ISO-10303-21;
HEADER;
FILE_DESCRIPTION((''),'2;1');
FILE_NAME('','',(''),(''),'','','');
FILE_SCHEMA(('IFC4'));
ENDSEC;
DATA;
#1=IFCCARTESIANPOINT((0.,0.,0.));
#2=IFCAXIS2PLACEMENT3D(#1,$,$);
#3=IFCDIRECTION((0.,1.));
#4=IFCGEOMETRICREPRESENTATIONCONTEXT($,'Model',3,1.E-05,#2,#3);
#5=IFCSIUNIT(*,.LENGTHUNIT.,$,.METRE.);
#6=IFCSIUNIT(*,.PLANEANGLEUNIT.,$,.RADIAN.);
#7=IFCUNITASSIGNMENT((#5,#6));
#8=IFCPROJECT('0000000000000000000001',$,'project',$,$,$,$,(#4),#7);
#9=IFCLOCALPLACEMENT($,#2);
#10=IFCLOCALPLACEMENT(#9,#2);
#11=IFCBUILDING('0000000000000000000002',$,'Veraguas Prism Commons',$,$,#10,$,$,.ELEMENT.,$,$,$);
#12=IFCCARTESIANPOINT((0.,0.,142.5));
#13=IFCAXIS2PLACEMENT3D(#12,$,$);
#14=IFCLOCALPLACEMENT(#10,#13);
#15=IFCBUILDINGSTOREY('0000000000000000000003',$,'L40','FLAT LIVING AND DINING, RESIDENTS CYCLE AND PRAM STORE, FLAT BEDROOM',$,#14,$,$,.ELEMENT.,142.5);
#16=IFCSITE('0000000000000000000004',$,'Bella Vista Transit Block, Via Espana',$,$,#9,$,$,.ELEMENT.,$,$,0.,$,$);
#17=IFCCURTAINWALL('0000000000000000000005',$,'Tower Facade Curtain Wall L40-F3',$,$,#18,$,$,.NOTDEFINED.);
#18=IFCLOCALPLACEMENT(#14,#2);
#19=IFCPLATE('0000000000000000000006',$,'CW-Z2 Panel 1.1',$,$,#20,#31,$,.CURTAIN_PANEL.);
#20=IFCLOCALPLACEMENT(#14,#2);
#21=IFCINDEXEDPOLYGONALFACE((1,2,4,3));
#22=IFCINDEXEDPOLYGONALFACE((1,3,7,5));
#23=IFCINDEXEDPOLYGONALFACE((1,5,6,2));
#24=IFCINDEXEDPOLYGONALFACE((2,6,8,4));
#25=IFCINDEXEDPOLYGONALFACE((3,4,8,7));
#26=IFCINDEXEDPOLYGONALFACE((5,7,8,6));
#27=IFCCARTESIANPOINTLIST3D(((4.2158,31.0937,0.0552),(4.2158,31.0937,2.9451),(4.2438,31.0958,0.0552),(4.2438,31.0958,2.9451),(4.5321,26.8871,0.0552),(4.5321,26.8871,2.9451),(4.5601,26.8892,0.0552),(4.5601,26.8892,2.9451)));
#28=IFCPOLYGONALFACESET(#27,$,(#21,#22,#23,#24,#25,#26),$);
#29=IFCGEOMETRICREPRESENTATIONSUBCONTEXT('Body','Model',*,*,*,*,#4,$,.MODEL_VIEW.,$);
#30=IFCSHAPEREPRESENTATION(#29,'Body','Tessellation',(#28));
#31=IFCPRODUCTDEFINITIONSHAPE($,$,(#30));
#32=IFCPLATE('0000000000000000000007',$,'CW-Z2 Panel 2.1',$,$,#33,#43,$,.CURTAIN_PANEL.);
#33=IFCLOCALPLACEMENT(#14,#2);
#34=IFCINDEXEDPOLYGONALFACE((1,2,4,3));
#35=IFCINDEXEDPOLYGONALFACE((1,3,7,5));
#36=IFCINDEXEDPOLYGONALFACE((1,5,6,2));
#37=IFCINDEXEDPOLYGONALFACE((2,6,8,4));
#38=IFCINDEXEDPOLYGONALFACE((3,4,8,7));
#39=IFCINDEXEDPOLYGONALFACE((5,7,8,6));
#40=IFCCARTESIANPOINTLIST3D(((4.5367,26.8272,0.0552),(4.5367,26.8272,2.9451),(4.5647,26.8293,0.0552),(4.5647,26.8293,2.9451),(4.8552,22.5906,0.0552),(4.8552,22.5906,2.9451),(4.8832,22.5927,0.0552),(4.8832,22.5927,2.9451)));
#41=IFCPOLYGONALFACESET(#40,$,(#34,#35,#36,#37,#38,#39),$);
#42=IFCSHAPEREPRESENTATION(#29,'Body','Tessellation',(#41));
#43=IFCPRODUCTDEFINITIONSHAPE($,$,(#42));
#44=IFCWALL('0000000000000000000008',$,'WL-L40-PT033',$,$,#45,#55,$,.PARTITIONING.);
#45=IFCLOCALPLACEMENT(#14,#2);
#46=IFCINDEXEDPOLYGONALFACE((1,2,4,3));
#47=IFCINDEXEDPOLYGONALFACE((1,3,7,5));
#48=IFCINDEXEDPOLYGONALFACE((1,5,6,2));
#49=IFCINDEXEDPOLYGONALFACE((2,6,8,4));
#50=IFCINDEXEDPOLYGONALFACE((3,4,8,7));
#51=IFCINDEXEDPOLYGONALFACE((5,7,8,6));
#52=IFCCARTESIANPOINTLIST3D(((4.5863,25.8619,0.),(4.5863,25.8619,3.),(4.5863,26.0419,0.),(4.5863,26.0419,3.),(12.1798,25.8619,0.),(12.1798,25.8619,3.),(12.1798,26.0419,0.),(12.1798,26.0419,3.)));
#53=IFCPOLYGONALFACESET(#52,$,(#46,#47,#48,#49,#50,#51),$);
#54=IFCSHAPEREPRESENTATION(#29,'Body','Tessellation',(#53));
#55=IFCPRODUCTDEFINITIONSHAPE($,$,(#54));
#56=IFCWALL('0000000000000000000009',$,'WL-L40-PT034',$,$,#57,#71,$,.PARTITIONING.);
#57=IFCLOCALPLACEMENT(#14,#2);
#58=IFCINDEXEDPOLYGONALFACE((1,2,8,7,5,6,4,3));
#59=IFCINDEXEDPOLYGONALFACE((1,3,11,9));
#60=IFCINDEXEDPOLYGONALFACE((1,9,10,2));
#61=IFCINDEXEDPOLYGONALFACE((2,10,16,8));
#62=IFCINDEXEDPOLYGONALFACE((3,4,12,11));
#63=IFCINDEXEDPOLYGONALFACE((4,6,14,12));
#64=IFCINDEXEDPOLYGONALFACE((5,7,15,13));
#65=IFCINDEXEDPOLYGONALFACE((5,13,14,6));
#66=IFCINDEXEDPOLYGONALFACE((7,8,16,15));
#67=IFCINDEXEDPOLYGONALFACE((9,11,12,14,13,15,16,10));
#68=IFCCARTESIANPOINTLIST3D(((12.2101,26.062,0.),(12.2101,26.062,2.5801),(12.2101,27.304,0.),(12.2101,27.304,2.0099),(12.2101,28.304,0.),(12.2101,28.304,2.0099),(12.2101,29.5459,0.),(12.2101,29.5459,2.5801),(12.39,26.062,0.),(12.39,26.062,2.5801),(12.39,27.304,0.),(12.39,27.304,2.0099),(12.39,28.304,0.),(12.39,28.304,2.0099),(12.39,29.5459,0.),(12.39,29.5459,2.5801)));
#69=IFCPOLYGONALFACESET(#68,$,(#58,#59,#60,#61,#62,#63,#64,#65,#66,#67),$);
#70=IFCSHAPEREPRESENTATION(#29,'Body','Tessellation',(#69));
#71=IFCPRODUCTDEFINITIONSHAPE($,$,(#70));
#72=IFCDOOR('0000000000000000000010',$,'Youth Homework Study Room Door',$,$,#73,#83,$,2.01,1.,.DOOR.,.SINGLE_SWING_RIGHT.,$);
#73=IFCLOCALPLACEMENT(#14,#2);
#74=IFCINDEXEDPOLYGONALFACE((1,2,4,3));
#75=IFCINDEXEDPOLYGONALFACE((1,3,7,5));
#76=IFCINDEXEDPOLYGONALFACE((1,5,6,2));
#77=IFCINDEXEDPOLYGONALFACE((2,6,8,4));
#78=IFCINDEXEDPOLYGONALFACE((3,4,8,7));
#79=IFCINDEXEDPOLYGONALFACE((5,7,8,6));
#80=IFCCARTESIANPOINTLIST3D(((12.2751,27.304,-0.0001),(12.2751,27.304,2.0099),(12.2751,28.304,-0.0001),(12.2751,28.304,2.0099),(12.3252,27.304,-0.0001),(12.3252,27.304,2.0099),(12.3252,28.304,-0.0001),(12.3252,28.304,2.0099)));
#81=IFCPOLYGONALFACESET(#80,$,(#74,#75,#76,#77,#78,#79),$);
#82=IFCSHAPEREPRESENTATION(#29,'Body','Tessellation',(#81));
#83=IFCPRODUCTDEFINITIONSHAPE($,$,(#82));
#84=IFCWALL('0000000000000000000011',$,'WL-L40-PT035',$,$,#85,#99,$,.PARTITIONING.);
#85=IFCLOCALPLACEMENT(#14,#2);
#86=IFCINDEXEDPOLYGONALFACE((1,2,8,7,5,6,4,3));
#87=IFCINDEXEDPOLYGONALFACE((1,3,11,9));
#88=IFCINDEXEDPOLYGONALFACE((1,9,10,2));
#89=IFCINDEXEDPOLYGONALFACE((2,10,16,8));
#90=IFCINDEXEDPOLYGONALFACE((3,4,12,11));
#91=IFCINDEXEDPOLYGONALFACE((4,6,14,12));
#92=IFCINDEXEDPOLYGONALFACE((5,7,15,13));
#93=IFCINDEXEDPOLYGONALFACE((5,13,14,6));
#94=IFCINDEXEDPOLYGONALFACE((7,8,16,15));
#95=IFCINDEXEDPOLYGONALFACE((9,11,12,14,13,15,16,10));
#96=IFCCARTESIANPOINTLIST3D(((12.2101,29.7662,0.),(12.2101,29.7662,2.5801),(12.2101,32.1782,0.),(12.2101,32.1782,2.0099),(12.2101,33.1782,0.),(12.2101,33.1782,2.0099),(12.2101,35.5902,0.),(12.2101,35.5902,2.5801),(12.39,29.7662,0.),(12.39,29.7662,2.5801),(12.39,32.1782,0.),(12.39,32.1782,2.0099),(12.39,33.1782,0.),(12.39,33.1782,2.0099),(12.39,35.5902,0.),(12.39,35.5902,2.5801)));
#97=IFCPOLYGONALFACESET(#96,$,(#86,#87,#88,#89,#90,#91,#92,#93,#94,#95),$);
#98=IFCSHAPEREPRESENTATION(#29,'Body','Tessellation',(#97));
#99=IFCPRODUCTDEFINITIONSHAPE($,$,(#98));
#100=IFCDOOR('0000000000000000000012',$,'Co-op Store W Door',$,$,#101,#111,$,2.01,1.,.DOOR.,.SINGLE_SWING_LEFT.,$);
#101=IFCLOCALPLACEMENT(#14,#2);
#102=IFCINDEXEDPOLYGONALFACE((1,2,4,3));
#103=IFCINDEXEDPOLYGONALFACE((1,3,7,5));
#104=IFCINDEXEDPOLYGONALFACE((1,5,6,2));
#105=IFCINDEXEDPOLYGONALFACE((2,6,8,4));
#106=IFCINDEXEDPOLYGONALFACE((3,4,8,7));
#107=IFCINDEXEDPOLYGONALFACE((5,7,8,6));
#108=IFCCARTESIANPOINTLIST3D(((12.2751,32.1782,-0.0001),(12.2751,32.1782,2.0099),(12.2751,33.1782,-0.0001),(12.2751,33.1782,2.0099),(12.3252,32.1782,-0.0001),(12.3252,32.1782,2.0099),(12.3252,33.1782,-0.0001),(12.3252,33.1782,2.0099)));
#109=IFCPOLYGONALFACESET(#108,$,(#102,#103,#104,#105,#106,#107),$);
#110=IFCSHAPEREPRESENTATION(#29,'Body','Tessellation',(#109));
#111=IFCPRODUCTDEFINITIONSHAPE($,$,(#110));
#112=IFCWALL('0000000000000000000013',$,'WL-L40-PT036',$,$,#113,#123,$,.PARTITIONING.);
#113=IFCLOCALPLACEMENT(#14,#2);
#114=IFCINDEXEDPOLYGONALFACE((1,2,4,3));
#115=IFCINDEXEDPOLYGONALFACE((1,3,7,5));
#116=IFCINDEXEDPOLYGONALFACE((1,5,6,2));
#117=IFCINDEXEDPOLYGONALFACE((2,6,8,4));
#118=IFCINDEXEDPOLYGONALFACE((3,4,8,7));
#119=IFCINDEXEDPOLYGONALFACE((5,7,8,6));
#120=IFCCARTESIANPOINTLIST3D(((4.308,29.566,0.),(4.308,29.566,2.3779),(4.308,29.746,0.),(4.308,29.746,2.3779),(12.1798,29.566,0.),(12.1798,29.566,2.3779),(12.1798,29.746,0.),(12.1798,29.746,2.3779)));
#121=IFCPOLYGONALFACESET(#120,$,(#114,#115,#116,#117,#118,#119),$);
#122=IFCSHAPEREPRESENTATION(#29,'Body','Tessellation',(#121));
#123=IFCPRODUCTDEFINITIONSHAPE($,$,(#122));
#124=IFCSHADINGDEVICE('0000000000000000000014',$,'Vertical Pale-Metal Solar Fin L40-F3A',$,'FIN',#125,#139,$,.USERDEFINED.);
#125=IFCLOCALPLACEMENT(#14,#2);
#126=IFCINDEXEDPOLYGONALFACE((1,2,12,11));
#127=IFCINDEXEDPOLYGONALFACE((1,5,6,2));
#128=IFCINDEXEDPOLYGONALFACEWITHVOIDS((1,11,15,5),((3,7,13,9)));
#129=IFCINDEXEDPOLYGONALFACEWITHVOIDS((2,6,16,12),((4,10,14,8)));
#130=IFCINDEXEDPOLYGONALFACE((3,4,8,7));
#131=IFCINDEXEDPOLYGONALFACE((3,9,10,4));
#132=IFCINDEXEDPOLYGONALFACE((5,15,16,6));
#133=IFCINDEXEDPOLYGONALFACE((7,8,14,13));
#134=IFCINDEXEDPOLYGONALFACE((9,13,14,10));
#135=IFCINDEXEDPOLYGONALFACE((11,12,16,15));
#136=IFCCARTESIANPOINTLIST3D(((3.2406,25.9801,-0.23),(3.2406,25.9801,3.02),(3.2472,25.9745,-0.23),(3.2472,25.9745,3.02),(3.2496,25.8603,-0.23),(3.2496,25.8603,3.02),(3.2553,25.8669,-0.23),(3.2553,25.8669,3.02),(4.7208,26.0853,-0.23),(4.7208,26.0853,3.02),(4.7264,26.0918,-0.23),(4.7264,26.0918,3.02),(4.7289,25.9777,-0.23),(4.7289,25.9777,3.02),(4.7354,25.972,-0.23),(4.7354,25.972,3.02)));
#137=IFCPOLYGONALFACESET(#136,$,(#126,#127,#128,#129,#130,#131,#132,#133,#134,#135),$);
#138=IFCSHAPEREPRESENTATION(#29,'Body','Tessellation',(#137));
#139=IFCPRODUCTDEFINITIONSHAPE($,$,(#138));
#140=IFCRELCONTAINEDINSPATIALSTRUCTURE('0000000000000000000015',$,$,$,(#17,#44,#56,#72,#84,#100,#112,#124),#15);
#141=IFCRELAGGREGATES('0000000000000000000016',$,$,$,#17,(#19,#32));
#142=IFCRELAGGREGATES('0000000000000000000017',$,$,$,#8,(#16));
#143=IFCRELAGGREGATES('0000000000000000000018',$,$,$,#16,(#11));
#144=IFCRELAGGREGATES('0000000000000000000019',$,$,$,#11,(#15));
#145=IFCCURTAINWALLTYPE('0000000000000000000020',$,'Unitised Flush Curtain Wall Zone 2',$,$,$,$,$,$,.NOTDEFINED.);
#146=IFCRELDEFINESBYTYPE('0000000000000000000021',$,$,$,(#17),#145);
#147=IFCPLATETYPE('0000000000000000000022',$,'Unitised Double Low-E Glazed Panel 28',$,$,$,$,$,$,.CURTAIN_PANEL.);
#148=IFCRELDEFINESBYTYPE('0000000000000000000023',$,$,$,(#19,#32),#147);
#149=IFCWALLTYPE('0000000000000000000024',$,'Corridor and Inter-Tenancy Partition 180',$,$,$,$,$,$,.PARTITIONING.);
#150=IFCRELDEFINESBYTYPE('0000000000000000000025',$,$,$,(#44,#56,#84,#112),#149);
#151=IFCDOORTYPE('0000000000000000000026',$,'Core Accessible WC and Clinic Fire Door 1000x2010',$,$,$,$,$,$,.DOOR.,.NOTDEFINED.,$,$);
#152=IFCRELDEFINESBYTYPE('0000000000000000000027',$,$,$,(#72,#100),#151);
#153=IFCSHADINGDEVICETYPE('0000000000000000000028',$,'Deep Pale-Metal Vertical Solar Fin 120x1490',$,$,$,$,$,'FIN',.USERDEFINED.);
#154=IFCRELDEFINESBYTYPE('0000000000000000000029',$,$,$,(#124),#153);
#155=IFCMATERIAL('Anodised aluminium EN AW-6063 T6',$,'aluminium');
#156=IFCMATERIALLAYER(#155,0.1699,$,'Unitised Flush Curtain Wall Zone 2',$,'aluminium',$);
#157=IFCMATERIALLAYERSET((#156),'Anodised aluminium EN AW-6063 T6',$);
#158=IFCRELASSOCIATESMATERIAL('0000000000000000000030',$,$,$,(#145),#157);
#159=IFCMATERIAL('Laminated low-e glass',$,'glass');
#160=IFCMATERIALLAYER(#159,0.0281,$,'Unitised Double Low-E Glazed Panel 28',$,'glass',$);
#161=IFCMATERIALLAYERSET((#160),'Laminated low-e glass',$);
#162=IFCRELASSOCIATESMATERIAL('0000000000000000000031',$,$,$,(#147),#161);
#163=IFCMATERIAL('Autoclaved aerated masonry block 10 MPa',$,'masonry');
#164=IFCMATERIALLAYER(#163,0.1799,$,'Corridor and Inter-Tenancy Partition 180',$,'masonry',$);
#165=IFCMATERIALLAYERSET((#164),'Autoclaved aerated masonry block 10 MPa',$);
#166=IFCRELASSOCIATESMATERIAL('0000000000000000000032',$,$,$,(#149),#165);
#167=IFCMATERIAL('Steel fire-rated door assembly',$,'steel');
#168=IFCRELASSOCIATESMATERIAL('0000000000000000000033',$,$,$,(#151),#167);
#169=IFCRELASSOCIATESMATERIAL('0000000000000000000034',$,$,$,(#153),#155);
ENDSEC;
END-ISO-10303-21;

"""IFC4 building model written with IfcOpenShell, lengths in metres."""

from ifc_helpers import new_model, si_unit, direction, frame, frame_2d, origin, origin_2d, place, context, subcontext, project, spatial, rectangle, hollow_rectangle, extrude, source, transform, mapped, material, layer, layer_set, material_profile, profile_set, type_object, element, fill, aggregate, save


model = new_model("IFC4")

# Units and contexts
model_context = context("Model", 3, precision=1e-05, world=origin(), true_north=direction((0.0, 1.0)))
body_context = subcontext(model_context, "Body", "Model", "MODEL_VIEW")
ifc_project = project(units=[si_unit("LENGTHUNIT", "METRE"), si_unit("PLANEANGLEUNIT", "RADIAN")], contexts=[model_context])

# Site, building, storey
site_placement = place(None, origin())
site = spatial("IfcSite", under=ifc_project, at=site_placement, Name="Bella Vista Transit Block, Via Espana", CompositionType="ELEMENT", RefElevation=0.0)
building_placement = place(site_placement, origin())
building = spatial("IfcBuilding", under=site, at=building_placement, Name="Veraguas Prism Commons", CompositionType="ELEMENT")
storey_placement = place(building_placement, frame((0.0, 0.0, 142.5)))
storey = spatial("IfcBuildingStorey", under=building, at=storey_placement, Name="L40", Description="FLAT LIVING AND DINING, RESIDENTS CYCLE AND PRAM STORE, FLAT BEDROOM", CompositionType="ELEMENT", Elevation=142.5)

# Curtain wall, plates
ifc_material_1 = material(Name="Anodised aluminium EN AW-6063 T6", Category="aluminium")
ifc_layer_1 = layer(ifc_material_1, 0.1699, Name="Unitised Flush Curtain Wall Zone 2", Category="aluminium")
ifc_layer_set_1 = layer_set([ifc_layer_1], Name="Anodised aluminium EN AW-6063 T6")
curtain_wall_type = type_object("IfcCurtainWallType", Name="Unitised Flush Curtain Wall Zone 2", PredefinedType="NOTDEFINED", material=ifc_layer_set_1)
curtain_wall_placement = place(storey_placement, origin())
curtain_wall = element("IfcCurtainWall", 1, at=curtain_wall_placement, inside=storey, type_object=curtain_wall_type, Name="Tower Facade Curtain Wall L40-F3", PredefinedType="NOTDEFINED")
ifc_material_2 = material(Name="Laminated low-e glass", Category="glass")
ifc_layer_2 = layer(ifc_material_2, 0.0281, Name="Unitised Double Low-E Glazed Panel 28", Category="glass")
ifc_layer_set_2 = layer_set([ifc_layer_2], Name="Laminated low-e glass")
plate_type = type_object("IfcPlateType", Name="Unitised Double Low-E Glazed Panel 28", PredefinedType="CURTAIN_PANEL", material=ifc_layer_set_2)
shared_shape_1 = source(origin(), body_context, "Body", "SweptSolid", [
    extrude(rectangle(XDim=4.2185, YDim=0.0281, at=origin_2d()), origin(), (0.0, 0.0, 1.0), 2.8899),
])
plate_1_placement = place(storey_placement, frame((4.3879, 28.9915, 0.0552), z_axis=(0.0, 0.0, 1.0), x_axis=(0.074979, -0.997185, 0.0)))
plate_1 = element("IfcPlate", 2, at=plate_1_placement, type_object=plate_type, Name="CW-Z2 Panel 1.1", PredefinedType="CURTAIN_PANEL", context=body_context, shape_type="MappedRepresentation", body=[
    mapped(shared_shape_1, transform((0.0, 0.0, 0.0), scale=1.0)),
])
shared_shape_2 = source(origin(), body_context, "Body", "SweptSolid", [
    extrude(rectangle(XDim=4.2485, YDim=0.0281, at=origin_2d()), origin(), (0.0, 0.0, 1.0), 2.8899),
])
plate_2_placement = place(storey_placement, frame((4.71, 24.71, 0.0552), z_axis=(0.0, 0.0, 1.0), x_axis=(0.074979, -0.997185, 0.0)))
plate_2 = element("IfcPlate", 3, at=plate_2_placement, type_object=plate_type, Name="CW-Z2 Panel 2.1", PredefinedType="CURTAIN_PANEL", context=body_context, shape_type="MappedRepresentation", body=[
    mapped(shared_shape_2, transform((0.0, 0.0, 0.0), scale=1.0)),
])
aggregate(curtain_wall, [plate_1, plate_2])

# Wall
ifc_material_3 = material(Name="Autoclaved aerated masonry block 10 MPa", Category="masonry")
ifc_layer_3 = layer(ifc_material_3, 0.1799, Name="Corridor and Inter-Tenancy Partition 180", Category="masonry")
ifc_layer_set_3 = layer_set([ifc_layer_3], Name="Autoclaved aerated masonry block 10 MPa")
wall_type = type_object("IfcWallType", Name="Corridor and Inter-Tenancy Partition 180", PredefinedType="PARTITIONING", material=ifc_layer_set_3)
wall_1_placement = place(storey_placement, frame((12.1799, 25.9519, 0.0), z_axis=(0.0, 0.0, 1.0), x_axis=(-1.0, 0.0, 0.0)))
element("IfcWall", 4, at=wall_1_placement, inside=storey, type_object=wall_type, Name="WL-L40-PT033", PredefinedType="PARTITIONING", context=body_context, shape_type="SweptSolid", body=[
    extrude(rectangle(XDim=7.5935, YDim=0.1799, at=frame_2d((3.7969, 0.0))), origin(), (0.0, 0.0, 1.0), 3.0),
])

# Walls, openings, doors
wall_2_placement = place(storey_placement, frame((12.3, 26.062, 0.0), z_axis=(0.0, 0.0, 1.0), x_axis=(0.0, 1.0, 0.0)))
wall_2 = element("IfcWall", 5, at=wall_2_placement, inside=storey, type_object=wall_type, Name="WL-L40-PT034", PredefinedType="PARTITIONING", context=body_context, shape_type="SweptSolid", body=[
    extrude(rectangle(XDim=3.4839, YDim=0.1799, at=frame_2d((1.7419, 0.0))), origin(), (0.0, 0.0, 1.0), 2.5801),
])
opening_1_placement = place(wall_2_placement, frame((1.2419, 0.0, 0.0)))
opening_1 = element("IfcOpeningElement", 6, at=opening_1_placement, cuts=wall_2, PredefinedType="OPENING", context=body_context, shape_type="SweptSolid", body=[
    extrude(rectangle(XDim=1.0, YDim=2.01, at=frame_2d((0.5, 1.0049))), frame((0.0, 0.0999, 0.0), z_axis=(0.0, -1.0, 0.0), x_axis=(1.0, 0.0, 0.0)), (0.0, 0.0, 1.0), 0.2),
])
ifc_material_4 = material(Name="Steel fire-rated door assembly", Category="steel")
door_type = type_object("IfcDoorType", Name="Core Accessible WC and Clinic Fire Door 1000x2010", OperationType="NOTDEFINED", PredefinedType="DOOR", material=ifc_material_4)
shared_shape_3 = source(origin(), body_context, "Body", "SweptSolid", [
    extrude(rectangle(XDim=1.0, YDim=2.01, at=frame_2d((0.5, 1.0049))), frame((0.0, 0.0249, 0.0), z_axis=(0.0, -1.0, 0.0), x_axis=(1.0, 0.0, 0.0)), (0.0, 0.0, 1.0), 0.05),
])
door_1_placement = place(opening_1_placement, origin())
door_1 = element("IfcDoor", 7, at=door_1_placement, inside=storey, type_object=door_type, Name="Youth Homework Study Room Door", OperationType="SINGLE_SWING_RIGHT", OverallHeight=2.01, OverallWidth=1.0, PredefinedType="DOOR", context=body_context, shape_type="MappedRepresentation", body=[
    mapped(shared_shape_3, transform((0.0, 0.0, 0.0), scale=1.0)),
])
fill(opening_1, door_1)
wall_3_placement = place(storey_placement, frame((12.3, 29.7661, 0.0), z_axis=(0.0, 0.0, 1.0), x_axis=(0.0, 1.0, 0.0)))
wall_3 = element("IfcWall", 8, at=wall_3_placement, inside=storey, type_object=wall_type, Name="WL-L40-PT035", PredefinedType="PARTITIONING", context=body_context, shape_type="SweptSolid", body=[
    extrude(rectangle(XDim=5.824, YDim=0.1799, at=frame_2d((2.9121, 0.0))), origin(), (0.0, 0.0, 1.0), 2.5801),
])
opening_2_placement = place(wall_3_placement, frame((2.4121, 0.0, 0.0)))
opening_2 = element("IfcOpeningElement", 9, at=opening_2_placement, cuts=wall_3, PredefinedType="OPENING", context=body_context, shape_type="SweptSolid", body=[
    extrude(rectangle(XDim=1.0, YDim=2.01, at=frame_2d((0.5, 1.0049))), frame((0.0, 0.0999, 0.0), z_axis=(0.0, -1.0, 0.0), x_axis=(1.0, 0.0, 0.0)), (0.0, 0.0, 1.0), 0.2),
])
door_2_placement = place(opening_2_placement, origin())
door_2 = element("IfcDoor", 10, at=door_2_placement, inside=storey, type_object=door_type, Name="Co-op Store W Door", OperationType="SINGLE_SWING_LEFT", OverallHeight=2.01, OverallWidth=1.0, PredefinedType="DOOR", context=body_context, shape_type="MappedRepresentation", body=[
    mapped(shared_shape_3, transform((0.0, 0.0, 0.0), scale=1.0)),
])
fill(opening_2, door_2)

# Wall
wall_4_placement = place(storey_placement, frame((12.1799, 29.656, 0.0), z_axis=(0.0, 0.0, 1.0), x_axis=(-1.0, 0.0, 0.0)))
element("IfcWall", 11, at=wall_4_placement, inside=storey, type_object=wall_type, Name="WL-L40-PT036", PredefinedType="PARTITIONING", context=body_context, shape_type="SweptSolid", body=[
    extrude(rectangle(XDim=7.8718, YDim=0.1799, at=frame_2d((3.936, 0.0))), origin(), (0.0, 0.0, 1.0), 2.3779),
])

# Shading device
ifc_material_profile_1 = material_profile(ifc_material_1, hollow_rectangle(XDim=0.1201, YDim=1.49, WallThickness=0.0061, at=origin_2d()), Name="FIN120X1490X6")
ifc_profile_set_1 = profile_set([ifc_material_profile_1], Name="Anodised aluminium EN AW-6063 T6")
shading_device_type = type_object("IfcShadingDeviceType", Name="Deep Pale-Metal Vertical Solar Fin 120x1490", ElementType="FIN", PredefinedType="USERDEFINED", material=ifc_profile_set_1)
shading_device_placement = place(storey_placement, frame((3.988, 25.9761, -0.23), z_axis=(0.0, 0.0, 1.0), x_axis=(0.074979, -0.997185, 0.0)))
element("IfcShadingDevice", 12, at=shading_device_placement, inside=storey, type_object=shading_device_type, Name="Vertical Pale-Metal Solar Fin L40-F3A", ObjectType="FIN", PredefinedType="USERDEFINED", context=body_context, shape_type="SweptSolid", body=[
    extrude(hollow_rectangle(XDim=0.1201, YDim=1.49, WallThickness=0.0061, at=origin_2d()), origin(), (0.0, 0.0, 1.0), 3.25),
])

save(model, "model.ifc")
